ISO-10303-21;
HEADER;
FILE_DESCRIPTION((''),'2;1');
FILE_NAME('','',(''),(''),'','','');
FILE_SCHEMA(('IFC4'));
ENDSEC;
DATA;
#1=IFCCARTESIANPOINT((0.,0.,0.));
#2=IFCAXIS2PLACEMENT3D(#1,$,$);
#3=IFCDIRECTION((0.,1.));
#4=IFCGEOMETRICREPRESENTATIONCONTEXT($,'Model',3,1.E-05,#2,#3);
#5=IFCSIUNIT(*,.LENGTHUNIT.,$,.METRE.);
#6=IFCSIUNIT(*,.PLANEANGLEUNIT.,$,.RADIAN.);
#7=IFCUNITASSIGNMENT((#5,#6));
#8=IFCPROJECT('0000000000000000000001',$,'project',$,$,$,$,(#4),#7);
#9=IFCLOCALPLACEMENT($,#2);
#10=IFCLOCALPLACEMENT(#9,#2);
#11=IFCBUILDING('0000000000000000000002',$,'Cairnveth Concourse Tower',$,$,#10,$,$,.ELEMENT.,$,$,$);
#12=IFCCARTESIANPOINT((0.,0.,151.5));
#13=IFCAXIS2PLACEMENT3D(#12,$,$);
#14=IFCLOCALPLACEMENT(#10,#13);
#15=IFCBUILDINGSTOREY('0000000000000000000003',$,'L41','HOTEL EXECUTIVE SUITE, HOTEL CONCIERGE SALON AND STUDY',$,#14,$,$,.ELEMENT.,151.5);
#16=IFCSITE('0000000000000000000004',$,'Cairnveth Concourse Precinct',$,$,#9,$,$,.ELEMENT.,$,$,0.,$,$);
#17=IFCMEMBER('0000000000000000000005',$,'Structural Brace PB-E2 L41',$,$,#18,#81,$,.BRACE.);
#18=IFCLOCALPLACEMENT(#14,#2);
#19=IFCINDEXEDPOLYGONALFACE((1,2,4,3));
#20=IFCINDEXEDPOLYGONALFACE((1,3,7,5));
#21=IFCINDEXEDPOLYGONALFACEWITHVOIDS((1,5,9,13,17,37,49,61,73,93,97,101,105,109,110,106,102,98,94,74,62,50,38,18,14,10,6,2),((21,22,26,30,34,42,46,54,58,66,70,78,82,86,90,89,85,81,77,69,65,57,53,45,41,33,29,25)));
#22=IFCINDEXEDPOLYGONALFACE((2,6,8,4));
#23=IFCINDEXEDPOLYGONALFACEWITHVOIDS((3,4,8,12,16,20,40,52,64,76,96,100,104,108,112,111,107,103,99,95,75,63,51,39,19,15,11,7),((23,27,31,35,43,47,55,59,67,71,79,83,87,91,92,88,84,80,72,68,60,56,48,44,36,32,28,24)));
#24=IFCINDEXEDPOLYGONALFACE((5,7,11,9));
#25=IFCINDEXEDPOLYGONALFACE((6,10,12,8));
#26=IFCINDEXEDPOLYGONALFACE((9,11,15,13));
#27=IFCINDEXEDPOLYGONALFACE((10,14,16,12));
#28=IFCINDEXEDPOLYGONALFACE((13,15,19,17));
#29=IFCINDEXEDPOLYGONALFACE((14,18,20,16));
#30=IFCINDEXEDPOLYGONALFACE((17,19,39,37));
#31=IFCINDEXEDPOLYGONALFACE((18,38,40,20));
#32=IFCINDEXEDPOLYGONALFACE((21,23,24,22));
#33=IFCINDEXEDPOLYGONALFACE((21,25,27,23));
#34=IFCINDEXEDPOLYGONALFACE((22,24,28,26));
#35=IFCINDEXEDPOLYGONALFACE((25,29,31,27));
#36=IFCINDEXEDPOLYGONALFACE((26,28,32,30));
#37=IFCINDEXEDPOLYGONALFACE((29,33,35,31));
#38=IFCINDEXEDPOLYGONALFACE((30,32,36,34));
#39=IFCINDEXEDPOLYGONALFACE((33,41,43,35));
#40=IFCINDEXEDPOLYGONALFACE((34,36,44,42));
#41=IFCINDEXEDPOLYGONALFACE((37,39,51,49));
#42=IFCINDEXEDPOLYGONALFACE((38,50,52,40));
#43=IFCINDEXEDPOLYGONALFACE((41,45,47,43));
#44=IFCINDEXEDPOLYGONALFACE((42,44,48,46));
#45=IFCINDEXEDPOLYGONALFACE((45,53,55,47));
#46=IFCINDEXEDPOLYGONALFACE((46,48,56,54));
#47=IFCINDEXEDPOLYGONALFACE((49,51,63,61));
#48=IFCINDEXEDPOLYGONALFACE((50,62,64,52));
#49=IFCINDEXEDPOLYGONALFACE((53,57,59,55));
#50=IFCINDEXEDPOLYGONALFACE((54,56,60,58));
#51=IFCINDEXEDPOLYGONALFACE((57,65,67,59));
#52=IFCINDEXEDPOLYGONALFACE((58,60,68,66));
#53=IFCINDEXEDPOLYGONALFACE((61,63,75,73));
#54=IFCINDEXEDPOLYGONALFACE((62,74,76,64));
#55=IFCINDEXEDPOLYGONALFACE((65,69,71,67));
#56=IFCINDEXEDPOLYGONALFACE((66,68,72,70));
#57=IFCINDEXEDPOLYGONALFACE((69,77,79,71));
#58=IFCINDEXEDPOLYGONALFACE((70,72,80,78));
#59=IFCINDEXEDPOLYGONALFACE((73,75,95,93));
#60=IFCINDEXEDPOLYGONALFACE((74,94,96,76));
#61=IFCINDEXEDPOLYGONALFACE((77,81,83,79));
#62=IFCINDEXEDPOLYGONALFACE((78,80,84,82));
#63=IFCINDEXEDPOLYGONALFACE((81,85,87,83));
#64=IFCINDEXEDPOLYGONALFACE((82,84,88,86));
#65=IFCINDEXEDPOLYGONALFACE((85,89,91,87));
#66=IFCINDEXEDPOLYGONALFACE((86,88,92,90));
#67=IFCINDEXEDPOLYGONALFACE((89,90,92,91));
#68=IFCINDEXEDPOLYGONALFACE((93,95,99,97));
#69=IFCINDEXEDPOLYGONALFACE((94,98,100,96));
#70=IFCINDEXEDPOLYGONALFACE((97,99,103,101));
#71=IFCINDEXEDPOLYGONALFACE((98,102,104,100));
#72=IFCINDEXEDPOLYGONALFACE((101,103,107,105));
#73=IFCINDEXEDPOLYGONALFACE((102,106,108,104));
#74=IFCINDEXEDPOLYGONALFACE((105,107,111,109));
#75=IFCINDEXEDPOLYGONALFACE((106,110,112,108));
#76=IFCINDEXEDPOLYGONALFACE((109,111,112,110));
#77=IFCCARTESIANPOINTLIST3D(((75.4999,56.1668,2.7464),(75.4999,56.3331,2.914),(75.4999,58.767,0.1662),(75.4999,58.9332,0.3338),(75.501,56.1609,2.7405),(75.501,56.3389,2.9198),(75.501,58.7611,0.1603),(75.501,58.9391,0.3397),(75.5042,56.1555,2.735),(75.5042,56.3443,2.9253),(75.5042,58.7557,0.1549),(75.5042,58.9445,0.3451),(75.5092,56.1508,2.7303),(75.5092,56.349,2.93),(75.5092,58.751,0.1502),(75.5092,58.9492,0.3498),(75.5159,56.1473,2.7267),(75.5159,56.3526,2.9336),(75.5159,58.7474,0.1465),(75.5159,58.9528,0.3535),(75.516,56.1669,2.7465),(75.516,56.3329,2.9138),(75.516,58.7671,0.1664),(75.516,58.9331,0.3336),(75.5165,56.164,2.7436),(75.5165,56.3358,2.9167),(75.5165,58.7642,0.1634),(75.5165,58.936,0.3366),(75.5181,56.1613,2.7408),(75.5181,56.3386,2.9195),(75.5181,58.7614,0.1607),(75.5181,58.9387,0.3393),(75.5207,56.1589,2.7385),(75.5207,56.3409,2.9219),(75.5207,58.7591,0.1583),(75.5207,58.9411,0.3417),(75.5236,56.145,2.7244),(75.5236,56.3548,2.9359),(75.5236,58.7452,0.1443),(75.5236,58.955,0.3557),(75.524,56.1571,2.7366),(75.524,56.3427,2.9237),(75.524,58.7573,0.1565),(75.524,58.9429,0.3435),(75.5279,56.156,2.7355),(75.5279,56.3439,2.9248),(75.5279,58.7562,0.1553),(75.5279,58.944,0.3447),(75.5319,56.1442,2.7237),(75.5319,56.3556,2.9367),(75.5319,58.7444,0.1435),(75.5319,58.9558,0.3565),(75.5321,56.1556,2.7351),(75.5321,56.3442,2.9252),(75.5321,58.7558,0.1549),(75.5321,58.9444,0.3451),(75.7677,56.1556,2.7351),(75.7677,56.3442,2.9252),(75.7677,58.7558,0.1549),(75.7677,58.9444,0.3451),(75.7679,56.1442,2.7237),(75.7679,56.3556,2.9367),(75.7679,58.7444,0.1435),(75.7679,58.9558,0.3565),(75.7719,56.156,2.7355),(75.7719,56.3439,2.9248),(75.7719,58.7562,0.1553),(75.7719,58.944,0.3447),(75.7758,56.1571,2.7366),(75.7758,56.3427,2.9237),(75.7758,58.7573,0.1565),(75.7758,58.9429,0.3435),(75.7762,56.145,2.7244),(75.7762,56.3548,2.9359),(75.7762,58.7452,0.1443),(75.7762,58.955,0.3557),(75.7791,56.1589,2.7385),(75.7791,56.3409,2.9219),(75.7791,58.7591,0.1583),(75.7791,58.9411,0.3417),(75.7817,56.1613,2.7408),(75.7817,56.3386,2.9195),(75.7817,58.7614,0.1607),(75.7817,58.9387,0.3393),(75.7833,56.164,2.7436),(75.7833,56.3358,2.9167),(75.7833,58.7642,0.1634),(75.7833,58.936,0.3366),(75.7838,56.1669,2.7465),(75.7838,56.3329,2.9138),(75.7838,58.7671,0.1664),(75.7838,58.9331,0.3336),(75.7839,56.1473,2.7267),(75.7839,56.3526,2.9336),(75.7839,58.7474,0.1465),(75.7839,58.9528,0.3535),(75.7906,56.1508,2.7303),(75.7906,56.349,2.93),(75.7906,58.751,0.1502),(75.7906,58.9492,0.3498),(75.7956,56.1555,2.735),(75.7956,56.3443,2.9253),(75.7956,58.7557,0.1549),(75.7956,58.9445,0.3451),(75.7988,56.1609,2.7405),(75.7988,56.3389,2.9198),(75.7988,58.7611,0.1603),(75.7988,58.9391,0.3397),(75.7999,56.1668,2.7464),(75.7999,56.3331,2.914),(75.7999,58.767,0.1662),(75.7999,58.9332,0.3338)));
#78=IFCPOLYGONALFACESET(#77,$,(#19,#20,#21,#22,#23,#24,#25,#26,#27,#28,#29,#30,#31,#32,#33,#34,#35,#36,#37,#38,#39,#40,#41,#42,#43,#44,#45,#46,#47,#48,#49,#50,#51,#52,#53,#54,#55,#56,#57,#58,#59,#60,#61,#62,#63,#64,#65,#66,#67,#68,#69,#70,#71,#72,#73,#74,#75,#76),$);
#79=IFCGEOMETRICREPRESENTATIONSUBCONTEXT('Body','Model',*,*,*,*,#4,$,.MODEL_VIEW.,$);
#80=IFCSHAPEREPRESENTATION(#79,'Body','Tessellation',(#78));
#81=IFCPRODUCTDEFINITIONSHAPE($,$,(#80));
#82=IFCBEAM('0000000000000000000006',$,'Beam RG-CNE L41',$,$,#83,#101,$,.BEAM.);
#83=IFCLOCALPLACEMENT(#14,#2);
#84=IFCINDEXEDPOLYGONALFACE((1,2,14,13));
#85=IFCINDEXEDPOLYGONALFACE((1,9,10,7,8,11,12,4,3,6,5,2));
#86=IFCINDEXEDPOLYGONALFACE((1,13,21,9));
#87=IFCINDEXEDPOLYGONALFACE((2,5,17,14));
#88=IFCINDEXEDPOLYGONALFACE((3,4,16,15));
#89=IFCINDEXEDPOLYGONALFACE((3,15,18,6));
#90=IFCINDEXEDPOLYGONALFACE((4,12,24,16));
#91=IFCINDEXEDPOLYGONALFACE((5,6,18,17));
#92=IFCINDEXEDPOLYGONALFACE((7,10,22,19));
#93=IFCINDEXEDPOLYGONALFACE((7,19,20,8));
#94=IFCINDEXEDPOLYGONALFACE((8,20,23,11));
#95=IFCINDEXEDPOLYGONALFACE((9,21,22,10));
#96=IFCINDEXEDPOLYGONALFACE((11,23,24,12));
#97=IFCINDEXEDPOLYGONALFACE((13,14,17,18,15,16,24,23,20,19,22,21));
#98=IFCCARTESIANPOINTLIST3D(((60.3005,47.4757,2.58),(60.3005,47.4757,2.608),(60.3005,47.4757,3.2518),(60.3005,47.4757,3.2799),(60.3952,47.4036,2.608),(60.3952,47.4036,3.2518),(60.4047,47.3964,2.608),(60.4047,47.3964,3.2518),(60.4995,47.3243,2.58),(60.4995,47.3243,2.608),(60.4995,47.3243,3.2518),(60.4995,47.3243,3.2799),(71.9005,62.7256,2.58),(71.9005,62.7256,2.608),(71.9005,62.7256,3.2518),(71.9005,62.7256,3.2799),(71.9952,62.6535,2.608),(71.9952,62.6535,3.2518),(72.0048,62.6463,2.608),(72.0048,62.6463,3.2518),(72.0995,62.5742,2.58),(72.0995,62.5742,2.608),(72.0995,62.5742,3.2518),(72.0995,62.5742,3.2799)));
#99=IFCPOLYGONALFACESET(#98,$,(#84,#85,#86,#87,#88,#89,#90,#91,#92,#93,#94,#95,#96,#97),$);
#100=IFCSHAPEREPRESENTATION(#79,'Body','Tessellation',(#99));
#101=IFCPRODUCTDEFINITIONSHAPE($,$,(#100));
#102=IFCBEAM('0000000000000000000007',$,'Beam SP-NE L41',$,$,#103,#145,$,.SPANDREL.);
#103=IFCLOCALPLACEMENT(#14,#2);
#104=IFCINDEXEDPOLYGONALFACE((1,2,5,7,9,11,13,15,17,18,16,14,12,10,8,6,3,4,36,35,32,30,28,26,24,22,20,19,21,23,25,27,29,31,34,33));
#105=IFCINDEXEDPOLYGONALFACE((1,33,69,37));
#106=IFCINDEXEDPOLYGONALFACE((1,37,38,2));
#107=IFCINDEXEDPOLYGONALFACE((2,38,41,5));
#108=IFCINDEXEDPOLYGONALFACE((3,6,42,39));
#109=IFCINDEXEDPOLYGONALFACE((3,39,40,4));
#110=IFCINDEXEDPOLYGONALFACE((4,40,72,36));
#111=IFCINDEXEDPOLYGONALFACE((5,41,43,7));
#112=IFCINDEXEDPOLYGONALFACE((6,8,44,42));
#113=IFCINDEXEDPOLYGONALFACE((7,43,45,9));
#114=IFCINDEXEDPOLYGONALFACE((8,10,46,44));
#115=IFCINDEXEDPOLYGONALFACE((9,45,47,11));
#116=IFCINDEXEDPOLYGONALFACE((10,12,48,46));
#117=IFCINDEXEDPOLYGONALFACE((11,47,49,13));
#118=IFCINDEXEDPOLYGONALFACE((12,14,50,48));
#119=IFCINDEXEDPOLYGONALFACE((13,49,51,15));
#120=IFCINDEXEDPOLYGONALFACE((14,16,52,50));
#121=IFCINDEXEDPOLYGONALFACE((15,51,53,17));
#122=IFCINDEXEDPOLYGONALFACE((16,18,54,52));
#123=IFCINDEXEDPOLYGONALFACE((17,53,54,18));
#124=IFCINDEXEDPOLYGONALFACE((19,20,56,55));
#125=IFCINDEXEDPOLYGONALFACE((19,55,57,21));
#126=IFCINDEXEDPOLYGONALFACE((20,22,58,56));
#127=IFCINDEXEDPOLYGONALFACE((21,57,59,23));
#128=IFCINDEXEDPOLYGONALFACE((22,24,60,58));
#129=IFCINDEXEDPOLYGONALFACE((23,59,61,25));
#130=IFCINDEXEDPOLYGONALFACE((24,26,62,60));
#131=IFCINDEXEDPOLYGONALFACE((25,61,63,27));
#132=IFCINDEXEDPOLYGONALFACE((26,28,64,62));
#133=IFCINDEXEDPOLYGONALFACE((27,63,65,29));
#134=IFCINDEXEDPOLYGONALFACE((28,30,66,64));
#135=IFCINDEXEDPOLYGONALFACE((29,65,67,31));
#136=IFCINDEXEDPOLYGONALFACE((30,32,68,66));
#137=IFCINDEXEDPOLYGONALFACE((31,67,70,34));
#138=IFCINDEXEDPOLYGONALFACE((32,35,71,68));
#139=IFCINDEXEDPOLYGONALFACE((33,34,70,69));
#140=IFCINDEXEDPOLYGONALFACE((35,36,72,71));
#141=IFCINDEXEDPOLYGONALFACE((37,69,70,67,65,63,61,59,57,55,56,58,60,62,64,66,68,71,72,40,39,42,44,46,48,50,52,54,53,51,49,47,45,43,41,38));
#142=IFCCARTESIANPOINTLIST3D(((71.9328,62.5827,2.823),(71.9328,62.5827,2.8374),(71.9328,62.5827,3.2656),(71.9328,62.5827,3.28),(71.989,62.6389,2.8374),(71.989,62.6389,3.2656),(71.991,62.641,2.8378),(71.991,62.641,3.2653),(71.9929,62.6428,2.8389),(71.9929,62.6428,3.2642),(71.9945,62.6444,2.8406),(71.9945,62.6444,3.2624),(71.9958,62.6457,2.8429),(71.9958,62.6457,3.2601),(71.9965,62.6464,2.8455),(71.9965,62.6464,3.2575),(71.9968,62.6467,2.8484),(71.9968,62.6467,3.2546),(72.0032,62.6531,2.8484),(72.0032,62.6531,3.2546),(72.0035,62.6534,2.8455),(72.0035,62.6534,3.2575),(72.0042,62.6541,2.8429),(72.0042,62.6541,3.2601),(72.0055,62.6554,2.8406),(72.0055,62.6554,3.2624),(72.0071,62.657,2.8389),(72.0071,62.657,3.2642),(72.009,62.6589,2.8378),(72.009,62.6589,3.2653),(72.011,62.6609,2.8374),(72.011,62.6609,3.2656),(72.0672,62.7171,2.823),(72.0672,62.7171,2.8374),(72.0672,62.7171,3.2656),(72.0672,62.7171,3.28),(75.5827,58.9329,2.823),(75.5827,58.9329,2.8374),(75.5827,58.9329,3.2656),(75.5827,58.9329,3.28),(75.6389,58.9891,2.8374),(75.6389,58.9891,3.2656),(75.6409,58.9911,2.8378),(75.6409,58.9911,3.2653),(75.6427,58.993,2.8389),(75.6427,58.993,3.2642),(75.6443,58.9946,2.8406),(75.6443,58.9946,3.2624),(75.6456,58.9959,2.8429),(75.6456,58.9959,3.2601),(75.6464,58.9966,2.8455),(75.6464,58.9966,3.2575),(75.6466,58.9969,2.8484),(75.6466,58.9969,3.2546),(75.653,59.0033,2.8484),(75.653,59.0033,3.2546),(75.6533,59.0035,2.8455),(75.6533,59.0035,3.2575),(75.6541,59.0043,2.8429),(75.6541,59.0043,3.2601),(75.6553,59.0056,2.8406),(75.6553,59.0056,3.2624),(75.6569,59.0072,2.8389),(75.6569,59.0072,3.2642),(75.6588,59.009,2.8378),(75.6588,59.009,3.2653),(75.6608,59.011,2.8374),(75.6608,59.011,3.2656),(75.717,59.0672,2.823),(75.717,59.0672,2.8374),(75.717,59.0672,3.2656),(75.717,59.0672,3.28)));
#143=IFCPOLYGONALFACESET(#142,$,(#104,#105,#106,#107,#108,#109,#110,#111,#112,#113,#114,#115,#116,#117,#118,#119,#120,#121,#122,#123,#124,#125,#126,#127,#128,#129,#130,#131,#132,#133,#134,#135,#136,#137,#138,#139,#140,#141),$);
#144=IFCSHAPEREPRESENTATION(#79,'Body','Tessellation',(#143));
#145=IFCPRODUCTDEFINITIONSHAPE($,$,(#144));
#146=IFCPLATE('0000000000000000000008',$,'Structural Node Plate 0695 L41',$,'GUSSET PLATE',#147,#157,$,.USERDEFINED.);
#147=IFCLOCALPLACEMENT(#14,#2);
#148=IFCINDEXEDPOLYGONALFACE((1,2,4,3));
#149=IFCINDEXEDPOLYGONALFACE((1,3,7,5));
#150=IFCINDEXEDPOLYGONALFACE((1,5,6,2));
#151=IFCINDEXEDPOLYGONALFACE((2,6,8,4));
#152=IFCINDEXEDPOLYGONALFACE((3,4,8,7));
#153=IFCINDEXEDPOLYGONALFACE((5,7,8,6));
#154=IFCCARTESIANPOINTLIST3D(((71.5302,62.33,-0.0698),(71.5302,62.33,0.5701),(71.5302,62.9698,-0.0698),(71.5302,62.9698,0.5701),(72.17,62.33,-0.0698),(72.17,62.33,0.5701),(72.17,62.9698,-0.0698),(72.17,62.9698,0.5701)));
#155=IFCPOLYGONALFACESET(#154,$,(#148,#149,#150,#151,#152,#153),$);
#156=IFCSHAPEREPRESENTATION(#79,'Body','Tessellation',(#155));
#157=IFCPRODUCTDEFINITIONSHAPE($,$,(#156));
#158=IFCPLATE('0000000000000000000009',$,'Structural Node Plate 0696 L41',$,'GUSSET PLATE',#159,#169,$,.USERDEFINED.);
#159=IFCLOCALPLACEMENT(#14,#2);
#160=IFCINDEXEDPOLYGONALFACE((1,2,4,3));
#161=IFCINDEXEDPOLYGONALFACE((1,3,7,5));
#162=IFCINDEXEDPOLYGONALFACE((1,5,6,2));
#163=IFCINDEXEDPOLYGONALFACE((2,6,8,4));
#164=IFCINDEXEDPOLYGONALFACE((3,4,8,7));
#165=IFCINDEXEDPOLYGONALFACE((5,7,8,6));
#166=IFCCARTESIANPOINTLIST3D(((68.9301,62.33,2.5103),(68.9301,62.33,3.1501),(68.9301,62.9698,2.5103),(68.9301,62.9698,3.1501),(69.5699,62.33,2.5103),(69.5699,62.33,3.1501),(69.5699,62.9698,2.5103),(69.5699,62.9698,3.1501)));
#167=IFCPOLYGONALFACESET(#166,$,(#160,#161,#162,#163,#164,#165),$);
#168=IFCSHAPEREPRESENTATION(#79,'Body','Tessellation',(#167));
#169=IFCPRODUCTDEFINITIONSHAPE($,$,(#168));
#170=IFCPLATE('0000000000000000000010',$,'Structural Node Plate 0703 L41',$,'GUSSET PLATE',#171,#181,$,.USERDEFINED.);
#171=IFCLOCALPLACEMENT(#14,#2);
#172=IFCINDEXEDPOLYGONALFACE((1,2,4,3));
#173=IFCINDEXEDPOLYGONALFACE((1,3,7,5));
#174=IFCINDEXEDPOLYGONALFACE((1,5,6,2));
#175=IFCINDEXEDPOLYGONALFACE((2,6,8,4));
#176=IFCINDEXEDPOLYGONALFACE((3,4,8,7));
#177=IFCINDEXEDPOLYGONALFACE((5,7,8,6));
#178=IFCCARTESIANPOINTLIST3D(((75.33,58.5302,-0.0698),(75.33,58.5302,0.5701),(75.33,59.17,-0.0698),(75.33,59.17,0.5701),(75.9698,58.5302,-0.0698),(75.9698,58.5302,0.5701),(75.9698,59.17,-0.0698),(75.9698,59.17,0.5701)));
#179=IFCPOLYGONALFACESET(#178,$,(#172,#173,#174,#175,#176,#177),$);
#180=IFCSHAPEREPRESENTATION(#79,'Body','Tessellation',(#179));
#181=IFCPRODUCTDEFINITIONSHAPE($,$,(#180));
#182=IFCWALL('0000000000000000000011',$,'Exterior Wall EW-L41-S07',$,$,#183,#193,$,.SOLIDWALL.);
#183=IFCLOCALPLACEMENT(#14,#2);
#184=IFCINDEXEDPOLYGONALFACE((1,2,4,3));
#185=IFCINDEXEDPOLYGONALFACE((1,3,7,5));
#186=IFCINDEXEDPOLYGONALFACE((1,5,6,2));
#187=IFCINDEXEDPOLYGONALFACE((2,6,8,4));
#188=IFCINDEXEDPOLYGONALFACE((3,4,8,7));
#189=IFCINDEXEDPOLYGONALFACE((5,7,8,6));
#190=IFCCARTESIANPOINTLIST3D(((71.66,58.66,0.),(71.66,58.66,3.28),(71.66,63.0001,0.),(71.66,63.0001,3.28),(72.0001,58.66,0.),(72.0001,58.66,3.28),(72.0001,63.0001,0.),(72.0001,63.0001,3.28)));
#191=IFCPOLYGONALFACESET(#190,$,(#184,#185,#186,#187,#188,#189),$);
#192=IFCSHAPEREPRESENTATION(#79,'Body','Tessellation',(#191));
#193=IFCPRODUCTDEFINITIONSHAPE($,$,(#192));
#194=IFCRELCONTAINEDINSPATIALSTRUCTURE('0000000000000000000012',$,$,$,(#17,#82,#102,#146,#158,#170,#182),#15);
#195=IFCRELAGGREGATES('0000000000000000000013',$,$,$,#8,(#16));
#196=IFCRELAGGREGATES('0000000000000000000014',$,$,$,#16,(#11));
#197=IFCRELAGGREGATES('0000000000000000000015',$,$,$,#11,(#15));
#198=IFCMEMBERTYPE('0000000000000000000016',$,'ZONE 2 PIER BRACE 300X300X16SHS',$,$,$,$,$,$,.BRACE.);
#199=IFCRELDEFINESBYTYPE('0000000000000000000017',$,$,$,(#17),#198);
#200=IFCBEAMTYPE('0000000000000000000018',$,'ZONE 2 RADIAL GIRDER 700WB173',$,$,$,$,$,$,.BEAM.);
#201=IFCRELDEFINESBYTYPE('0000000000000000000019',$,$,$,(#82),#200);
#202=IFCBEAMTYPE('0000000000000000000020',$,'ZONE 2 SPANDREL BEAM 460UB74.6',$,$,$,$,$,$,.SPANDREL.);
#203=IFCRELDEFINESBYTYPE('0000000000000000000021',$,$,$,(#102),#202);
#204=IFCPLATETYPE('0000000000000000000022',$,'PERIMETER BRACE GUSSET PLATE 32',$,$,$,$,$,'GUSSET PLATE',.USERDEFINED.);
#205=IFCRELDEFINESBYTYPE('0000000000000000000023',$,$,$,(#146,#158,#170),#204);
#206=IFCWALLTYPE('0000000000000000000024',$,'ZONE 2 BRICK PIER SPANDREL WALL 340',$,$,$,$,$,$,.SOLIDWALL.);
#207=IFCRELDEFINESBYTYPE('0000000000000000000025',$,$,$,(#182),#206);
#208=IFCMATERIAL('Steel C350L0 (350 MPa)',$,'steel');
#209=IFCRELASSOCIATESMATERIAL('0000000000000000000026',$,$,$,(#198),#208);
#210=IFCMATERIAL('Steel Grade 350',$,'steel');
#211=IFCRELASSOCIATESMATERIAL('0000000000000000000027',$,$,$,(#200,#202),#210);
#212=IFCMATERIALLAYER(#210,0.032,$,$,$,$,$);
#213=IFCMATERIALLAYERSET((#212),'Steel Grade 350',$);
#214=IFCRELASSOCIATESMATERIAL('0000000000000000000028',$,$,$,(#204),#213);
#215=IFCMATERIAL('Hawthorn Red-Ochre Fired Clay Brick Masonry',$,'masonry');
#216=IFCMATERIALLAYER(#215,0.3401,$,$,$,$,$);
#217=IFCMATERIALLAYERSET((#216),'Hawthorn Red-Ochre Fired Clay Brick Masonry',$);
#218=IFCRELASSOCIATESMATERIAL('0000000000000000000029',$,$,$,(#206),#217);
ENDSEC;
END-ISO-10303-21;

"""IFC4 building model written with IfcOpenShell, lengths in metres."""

from ifc_helpers import new_model, si_unit, direction, frame, frame_2d, origin, origin_2d, place, context, subcontext, project, spatial, rectangle, hollow_rectangle, i_section, extrude, material, layer, layer_set, material_profile, profile_set, type_object, element, save


model = new_model("IFC4")

# Units and contexts
model_context = context("Model", 3, precision=1e-05, world=origin(), true_north=direction((0.0, 1.0)))
body_context = subcontext(model_context, "Body", "Model", "MODEL_VIEW")
ifc_project = project(units=[si_unit("LENGTHUNIT", "METRE"), si_unit("PLANEANGLEUNIT", "RADIAN")], contexts=[model_context])

# Site, building, storey
site_placement = place(None, origin())
site = spatial("IfcSite", under=ifc_project, at=site_placement, Name="Cairnveth Concourse Precinct", CompositionType="ELEMENT", RefElevation=0.0)
building_placement = place(site_placement, origin())
building = spatial("IfcBuilding", under=site, at=building_placement, Name="Cairnveth Concourse Tower", CompositionType="ELEMENT")
storey_placement = place(building_placement, frame((0.0, 0.0, 151.5)))
storey = spatial("IfcBuildingStorey", under=building, at=storey_placement, Name="L41", Description="HOTEL EXECUTIVE SUITE, HOTEL CONCIERGE SALON AND STUDY", CompositionType="ELEMENT", Elevation=151.5)

# Shared definitions
ifc_material_1 = material(Name="Steel Grade 350", Category="steel")

# Member
ifc_material_2 = material(Name="Steel C350L0 (350 MPa)", Category="steel")
ifc_material_profile_1 = material_profile(ifc_material_2, hollow_rectangle(XDim=0.3, YDim=0.3, WallThickness=0.0161, InnerFilletRadius=0.0161, OuterFilletRadius=0.032, at=origin_2d()), Name="300x300x16.0SHS")
ifc_profile_set_1 = profile_set([ifc_material_profile_1], Name="Steel C350L0 (350 MPa)")
member_type = type_object("IfcMemberType", Name="ZONE 2 PIER BRACE 300X300X16SHS", PredefinedType="BRACE", material=ifc_profile_set_1)
for number, where, z_axis, x_axis, name in (
    (1, (75.6499, 58.8501, 0.25), (0.0, -0.709834, 0.704369), (1.0, 0.0, 0.0), "Structural Brace PB-E2 L41"),
):
    element("IfcMember", number, at=place(storey_placement, frame(where, z_axis=z_axis, x_axis=x_axis)), inside=storey, type_object=member_type, Name=name, PredefinedType="BRACE", context=body_context, shape_type="SweptSolid", body=[
        extrude(hollow_rectangle(XDim=0.3, YDim=0.3, WallThickness=0.0161, InnerFilletRadius=0.0161, OuterFilletRadius=0.032, at=origin_2d()), origin(), (0.0, 0.0, 1.0), 3.6631),
    ])

# Beams
ifc_material_profile_2 = material_profile(ifc_material_1, i_section(OverallWidth=0.25, OverallDepth=0.7, WebThickness=0.012, FlangeThickness=0.0281, at=origin_2d()), Name="700WB173")
ifc_profile_set_2 = profile_set([ifc_material_profile_2], Name="Steel Grade 350")
beam_type_1 = type_object("IfcBeamType", Name="ZONE 2 RADIAL GIRDER 700WB173", PredefinedType="BEAM", material=ifc_profile_set_2)
beam_1_placement = place(storey_placement, frame((72.0, 62.6499, 2.9299), z_axis=(-0.605417, -0.795908, 0.0), x_axis=(0.795908, -0.605417, 0.0)))
element("IfcBeam", 2, at=beam_1_placement, inside=storey, type_object=beam_type_1, Name="Beam RG-CNE L41", PredefinedType="BEAM", context=body_context, shape_type="SweptSolid", body=[
    extrude(i_section(OverallWidth=0.25, OverallDepth=0.7, WebThickness=0.012, FlangeThickness=0.0281, at=origin_2d()), origin(), (0.0, 0.0, 1.0), 19.1604),
])
ifc_material_profile_3 = material_profile(ifc_material_1, i_section(OverallWidth=0.1899, OverallDepth=0.457, WebThickness=0.009, FlangeThickness=0.0144, FilletRadius=0.011, at=origin_2d()), Name="460UB74.6")
ifc_profile_set_3 = profile_set([ifc_material_profile_3], Name="Steel Grade 350")
beam_type_2 = type_object("IfcBeamType", Name="ZONE 2 SPANDREL BEAM 460UB74.6", PredefinedType="SPANDREL", material=ifc_profile_set_3)
beam_2_placement = place(storey_placement, frame((72.0, 62.6499, 3.0515), z_axis=(0.707107, -0.707107, 0.0), x_axis=(0.707107, 0.707107, 0.0)))
element("IfcBeam", 3, at=beam_2_placement, inside=storey, type_object=beam_type_2, Name="Beam SP-NE L41", PredefinedType="SPANDREL", context=body_context, shape_type="SweptSolid", body=[
    extrude(i_section(OverallWidth=0.1899, OverallDepth=0.457, WebThickness=0.009, FlangeThickness=0.0144, FilletRadius=0.011, at=origin_2d()), origin(), (0.0, 0.0, 1.0), 5.1616),
])

# Plates
ifc_layer_1 = layer(ifc_material_1, 0.032)
ifc_layer_set_1 = layer_set([ifc_layer_1], Name="Steel Grade 350")
plate_type = type_object("IfcPlateType", Name="PERIMETER BRACE GUSSET PLATE 32", ElementType="GUSSET PLATE", PredefinedType="USERDEFINED", material=ifc_layer_set_1)
for number, where, z_axis, x_axis, name in (
    (4, (71.8501, 62.6499, -0.0698), (0.0, 0.0, 1.0), (1.0, 0.0, 0.0), "Structural Node Plate 0695 L41"),
    (5, (69.25, 62.6499, 2.5103), (0.0, 0.0, 1.0), (1.0, 0.0, 0.0), "Structural Node Plate 0696 L41"),
    (6, (75.6499, 58.8501, -0.0698), (0.0, 0.0, 1.0), (1.0, 0.0, 0.0), "Structural Node Plate 0703 L41"),
):
    element("IfcPlate", number, at=place(storey_placement, frame(where, z_axis=z_axis, x_axis=x_axis)), inside=storey, type_object=plate_type, Name=name, ObjectType="GUSSET PLATE", PredefinedType="USERDEFINED", context=body_context, shape_type="SweptSolid", body=[
        extrude(rectangle(XDim=0.6399, YDim=0.6399, at=origin_2d()), origin(), (0.0, 0.0, 1.0), 0.6399),
    ])

# Wall
ifc_material_3 = material(Name="Hawthorn Red-Ochre Fired Clay Brick Masonry", Category="masonry")
ifc_layer_2 = layer(ifc_material_3, 0.3401)
ifc_layer_set_2 = layer_set([ifc_layer_2], Name="Hawthorn Red-Ochre Fired Clay Brick Masonry")
wall_type = type_object("IfcWallType", Name="ZONE 2 BRICK PIER SPANDREL WALL 340", PredefinedType="SOLIDWALL", material=ifc_layer_set_2)
wall_1_placement = place(storey_placement, frame((71.8301, 63.0, 0.0), z_axis=(0.0, 0.0, 1.0), x_axis=(0.0, -1.0, 0.0)))
element("IfcWall", 7, at=wall_1_placement, inside=storey, type_object=wall_type, Name="Exterior Wall EW-L41-S07", PredefinedType="SOLIDWALL", context=body_context, shape_type="SweptSolid", body=[
    extrude(rectangle(XDim=4.3401, YDim=0.3401, at=frame_2d((2.1699, 0.0))), origin(), (0.0, 0.0, 1.0), 3.28),
])

save(model, "model.ifc")
